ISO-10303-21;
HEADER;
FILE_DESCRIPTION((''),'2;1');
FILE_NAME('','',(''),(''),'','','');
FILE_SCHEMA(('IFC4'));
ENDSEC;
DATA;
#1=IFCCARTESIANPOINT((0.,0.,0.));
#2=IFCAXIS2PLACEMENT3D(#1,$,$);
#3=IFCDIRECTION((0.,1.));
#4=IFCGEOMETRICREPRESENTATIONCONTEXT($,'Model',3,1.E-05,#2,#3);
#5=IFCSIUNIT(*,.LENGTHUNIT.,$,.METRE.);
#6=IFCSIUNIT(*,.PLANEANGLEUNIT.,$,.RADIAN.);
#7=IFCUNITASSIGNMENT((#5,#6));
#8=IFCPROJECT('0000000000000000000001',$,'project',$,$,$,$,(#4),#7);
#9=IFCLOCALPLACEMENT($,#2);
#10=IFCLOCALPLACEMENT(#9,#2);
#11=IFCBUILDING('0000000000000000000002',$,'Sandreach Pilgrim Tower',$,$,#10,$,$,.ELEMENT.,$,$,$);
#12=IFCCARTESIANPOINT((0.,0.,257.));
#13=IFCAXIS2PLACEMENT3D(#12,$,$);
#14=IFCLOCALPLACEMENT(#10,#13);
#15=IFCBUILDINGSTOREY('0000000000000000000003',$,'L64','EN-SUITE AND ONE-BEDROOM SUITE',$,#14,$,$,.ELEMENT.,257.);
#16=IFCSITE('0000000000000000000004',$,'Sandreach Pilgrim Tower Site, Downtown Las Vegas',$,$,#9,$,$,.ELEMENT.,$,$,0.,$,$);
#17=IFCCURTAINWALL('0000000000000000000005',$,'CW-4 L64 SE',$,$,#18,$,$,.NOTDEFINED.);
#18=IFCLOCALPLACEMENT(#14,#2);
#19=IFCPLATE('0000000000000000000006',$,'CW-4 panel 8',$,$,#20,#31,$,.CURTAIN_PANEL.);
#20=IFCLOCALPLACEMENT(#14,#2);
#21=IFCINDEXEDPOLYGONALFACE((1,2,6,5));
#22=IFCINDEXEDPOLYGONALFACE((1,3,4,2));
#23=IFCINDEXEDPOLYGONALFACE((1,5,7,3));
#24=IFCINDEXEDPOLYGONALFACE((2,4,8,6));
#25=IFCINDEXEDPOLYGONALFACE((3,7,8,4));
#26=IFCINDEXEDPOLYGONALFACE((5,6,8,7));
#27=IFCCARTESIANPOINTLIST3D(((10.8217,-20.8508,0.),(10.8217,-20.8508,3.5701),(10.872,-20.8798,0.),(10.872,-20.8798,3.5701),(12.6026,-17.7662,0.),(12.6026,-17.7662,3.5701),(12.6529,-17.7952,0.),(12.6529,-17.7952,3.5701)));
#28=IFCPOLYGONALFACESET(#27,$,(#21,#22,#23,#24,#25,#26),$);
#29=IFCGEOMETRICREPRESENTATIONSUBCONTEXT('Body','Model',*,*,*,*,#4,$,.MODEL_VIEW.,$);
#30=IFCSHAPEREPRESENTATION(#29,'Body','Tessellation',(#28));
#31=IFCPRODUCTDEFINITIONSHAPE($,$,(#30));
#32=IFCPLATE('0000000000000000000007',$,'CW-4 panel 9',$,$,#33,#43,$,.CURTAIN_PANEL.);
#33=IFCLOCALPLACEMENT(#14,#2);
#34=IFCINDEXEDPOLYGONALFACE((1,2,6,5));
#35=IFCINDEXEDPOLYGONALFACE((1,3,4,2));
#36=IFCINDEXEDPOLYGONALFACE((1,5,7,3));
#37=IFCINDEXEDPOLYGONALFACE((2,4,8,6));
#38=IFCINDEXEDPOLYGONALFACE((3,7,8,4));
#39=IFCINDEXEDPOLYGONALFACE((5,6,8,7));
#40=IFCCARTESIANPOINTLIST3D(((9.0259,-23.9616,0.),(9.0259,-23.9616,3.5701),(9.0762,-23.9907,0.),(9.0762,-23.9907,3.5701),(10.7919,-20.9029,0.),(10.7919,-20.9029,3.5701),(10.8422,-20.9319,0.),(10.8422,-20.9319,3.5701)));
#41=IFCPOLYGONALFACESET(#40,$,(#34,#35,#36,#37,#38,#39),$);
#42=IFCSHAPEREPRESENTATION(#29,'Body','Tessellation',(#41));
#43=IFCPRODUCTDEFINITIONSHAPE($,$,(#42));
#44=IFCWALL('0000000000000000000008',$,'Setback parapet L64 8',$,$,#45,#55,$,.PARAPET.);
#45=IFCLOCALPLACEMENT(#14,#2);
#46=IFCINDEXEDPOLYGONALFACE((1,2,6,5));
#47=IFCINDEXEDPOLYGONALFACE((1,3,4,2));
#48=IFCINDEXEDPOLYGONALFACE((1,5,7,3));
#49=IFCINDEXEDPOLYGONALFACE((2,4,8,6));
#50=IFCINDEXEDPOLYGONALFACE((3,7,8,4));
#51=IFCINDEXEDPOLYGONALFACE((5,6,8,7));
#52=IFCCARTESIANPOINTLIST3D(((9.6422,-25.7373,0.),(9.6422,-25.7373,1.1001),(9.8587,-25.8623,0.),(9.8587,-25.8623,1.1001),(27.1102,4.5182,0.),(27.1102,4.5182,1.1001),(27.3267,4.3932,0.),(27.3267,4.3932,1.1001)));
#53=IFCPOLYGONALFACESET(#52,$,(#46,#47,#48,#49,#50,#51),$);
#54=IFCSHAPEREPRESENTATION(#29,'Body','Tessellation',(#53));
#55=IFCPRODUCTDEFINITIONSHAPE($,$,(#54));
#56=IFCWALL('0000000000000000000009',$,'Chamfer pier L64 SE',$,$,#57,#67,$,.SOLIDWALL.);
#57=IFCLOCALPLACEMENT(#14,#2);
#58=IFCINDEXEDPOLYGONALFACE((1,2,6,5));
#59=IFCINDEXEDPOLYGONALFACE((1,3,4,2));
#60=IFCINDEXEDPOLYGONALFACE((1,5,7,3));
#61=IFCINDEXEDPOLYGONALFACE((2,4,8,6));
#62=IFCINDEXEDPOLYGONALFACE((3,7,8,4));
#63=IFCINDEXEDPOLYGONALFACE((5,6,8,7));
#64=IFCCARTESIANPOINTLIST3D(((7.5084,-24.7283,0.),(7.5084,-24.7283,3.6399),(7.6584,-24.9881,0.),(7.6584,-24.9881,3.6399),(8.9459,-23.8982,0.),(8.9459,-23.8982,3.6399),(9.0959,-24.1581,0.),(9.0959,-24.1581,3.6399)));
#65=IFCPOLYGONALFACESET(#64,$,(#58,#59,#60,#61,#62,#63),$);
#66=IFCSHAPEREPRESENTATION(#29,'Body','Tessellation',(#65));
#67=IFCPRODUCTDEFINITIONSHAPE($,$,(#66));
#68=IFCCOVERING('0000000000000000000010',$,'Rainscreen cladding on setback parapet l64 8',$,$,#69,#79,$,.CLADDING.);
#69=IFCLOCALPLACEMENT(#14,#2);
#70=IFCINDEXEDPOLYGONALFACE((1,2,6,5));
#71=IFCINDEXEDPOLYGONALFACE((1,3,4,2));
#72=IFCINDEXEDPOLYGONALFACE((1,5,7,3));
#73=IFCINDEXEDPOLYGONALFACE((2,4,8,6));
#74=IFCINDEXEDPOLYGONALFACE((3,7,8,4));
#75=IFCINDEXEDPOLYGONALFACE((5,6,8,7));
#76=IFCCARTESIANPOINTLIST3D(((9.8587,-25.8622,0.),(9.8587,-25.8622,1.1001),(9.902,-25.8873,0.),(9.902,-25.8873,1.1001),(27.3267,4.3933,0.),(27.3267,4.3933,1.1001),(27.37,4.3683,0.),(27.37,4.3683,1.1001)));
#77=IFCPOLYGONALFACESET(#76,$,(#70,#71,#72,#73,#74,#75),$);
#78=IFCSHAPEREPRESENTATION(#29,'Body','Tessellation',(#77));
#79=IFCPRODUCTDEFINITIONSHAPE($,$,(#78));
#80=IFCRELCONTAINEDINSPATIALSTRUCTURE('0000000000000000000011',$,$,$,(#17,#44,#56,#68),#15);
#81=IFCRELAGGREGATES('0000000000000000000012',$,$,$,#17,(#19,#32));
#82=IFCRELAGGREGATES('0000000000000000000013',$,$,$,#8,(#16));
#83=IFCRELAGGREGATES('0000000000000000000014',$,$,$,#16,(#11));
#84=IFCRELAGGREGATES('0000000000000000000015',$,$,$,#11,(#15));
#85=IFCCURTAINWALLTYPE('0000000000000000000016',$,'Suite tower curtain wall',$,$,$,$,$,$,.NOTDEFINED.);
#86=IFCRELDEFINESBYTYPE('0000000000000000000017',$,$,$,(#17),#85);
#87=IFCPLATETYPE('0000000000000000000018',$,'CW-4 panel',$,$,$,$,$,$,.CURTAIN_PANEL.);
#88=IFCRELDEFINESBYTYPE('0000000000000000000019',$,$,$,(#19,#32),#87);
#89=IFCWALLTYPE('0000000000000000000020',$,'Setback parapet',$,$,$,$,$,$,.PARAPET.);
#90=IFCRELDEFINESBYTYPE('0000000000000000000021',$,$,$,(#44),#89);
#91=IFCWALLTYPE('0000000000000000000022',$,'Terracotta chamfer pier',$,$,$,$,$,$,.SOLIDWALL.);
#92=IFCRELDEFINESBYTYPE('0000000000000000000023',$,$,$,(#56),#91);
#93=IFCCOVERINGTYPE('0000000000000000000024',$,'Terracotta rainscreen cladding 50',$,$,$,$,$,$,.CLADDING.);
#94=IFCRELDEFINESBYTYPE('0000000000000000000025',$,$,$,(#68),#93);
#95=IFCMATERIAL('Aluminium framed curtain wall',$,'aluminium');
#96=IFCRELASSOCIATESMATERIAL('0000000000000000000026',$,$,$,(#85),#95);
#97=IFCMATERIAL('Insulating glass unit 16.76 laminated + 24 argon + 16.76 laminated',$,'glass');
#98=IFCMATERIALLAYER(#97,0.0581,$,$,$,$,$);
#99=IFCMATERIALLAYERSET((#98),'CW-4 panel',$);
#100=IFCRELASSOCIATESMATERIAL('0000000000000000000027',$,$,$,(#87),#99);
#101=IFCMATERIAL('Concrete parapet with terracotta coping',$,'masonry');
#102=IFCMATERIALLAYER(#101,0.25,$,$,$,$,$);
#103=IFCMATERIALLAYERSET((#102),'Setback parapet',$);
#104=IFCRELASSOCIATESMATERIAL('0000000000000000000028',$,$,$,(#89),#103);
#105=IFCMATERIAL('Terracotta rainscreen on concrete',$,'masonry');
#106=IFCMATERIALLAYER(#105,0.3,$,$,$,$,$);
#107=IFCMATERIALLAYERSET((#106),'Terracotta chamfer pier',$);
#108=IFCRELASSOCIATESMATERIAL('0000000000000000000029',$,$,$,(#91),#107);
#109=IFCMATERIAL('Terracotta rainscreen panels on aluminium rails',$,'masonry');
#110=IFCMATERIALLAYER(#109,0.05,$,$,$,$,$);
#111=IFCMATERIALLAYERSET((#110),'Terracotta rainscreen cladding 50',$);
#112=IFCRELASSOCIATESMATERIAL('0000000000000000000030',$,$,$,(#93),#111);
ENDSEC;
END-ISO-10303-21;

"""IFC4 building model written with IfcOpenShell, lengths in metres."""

from ifc_helpers import new_model, si_unit, direction, frame, frame_2d, origin, origin_2d, place, context, subcontext, project, spatial, rectangle, extrude, material, layer, layer_set, type_object, element, aggregate, save


model = new_model("IFC4")

# Units and contexts
model_context = context("Model", 3, precision=1e-05, world=origin(), true_north=direction((0.0, 1.0)))
body_context = subcontext(model_context, "Body", "Model", "MODEL_VIEW")
ifc_project = project(units=[si_unit("LENGTHUNIT", "METRE"), si_unit("PLANEANGLEUNIT", "RADIAN")], contexts=[model_context])

# Site, building, storey
site_placement = place(None, origin())
site = spatial("IfcSite", under=ifc_project, at=site_placement, Name="Sandreach Pilgrim Tower Site, Downtown Las Vegas", CompositionType="ELEMENT", RefElevation=0.0)
building_placement = place(site_placement, origin())
building = spatial("IfcBuilding", under=site, at=building_placement, Name="Sandreach Pilgrim Tower", CompositionType="ELEMENT")
storey_placement = place(building_placement, frame((0.0, 0.0, 257.0)))
storey = spatial("IfcBuildingStorey", under=building, at=storey_placement, Name="L64", Description="EN-SUITE AND ONE-BEDROOM SUITE", CompositionType="ELEMENT", Elevation=257.0)

# Curtain wall
ifc_material_1 = material(Name="Aluminium framed curtain wall", Category="aluminium")
curtain_wall_type = type_object("IfcCurtainWallType", Name="Suite tower curtain wall", PredefinedType="NOTDEFINED", material=ifc_material_1)
curtain_wall_placement = place(storey_placement, origin())
curtain_wall = element("IfcCurtainWall", 1, at=curtain_wall_placement, inside=storey, type_object=curtain_wall_type, Name="CW-4 L64 SE", PredefinedType="NOTDEFINED")

# Plates
ifc_material_2 = material(Name="Insulating glass unit 16.76 laminated + 24 argon + 16.76 laminated", Category="glass")
ifc_layer_1 = layer(ifc_material_2, 0.0581)
ifc_layer_set_1 = layer_set([ifc_layer_1], Name="CW-4 panel")
plate_type = type_object("IfcPlateType", Name="CW-4 panel", PredefinedType="CURTAIN_PANEL", material=ifc_layer_set_1)
plate_1_placement = place(storey_placement, frame((11.7373, -19.323, 0.0), z_axis=(0.0, 0.0, 1.0), x_axis=(-0.5, -0.866025, 0.0)))
plate_1 = element("IfcPlate", 2, at=plate_1_placement, type_object=plate_type, Name="CW-4 panel 8", PredefinedType="CURTAIN_PANEL", context=body_context, shape_type="SweptSolid", body=[
    extrude(rectangle(XDim=3.5618, YDim=0.0581, at=origin_2d()), origin(), (0.0, 0.0, 1.0), 3.5701),
])
plate_2_placement = place(storey_placement, frame((9.9341, -22.4468, 0.0), z_axis=(0.0, 0.0, 1.0), x_axis=(-0.5, -0.866025, 0.0)))
plate_2 = element("IfcPlate", 3, at=plate_2_placement, type_object=plate_type, Name="CW-4 panel 9", PredefinedType="CURTAIN_PANEL", context=body_context, shape_type="SweptSolid", body=[
    extrude(rectangle(XDim=3.532, YDim=0.0581, at=origin_2d()), origin(), (0.0, 0.0, 1.0), 3.5701),
])
aggregate(curtain_wall, [plate_1, plate_2])

# Walls
ifc_material_3 = material(Name="Concrete parapet with terracotta coping", Category="masonry")
ifc_layer_2 = layer(ifc_material_3, 0.25)
ifc_layer_set_2 = layer_set([ifc_layer_2], Name="Setback parapet")
wall_type_1 = type_object("IfcWallType", Name="Setback parapet", PredefinedType="PARAPET", material=ifc_layer_set_2)
wall_1_placement = place(storey_placement, frame((9.7505, -25.7998, 0.0), z_axis=(0.0, 0.0, 1.0), x_axis=(0.499998, 0.866026, 0.0)))
element("IfcWall", 4, at=wall_1_placement, inside=storey, type_object=wall_type_1, Name="Setback parapet L64 8", PredefinedType="PARAPET", context=body_context, shape_type="SweptSolid", body=[
    extrude(rectangle(XDim=34.936, YDim=0.25, at=frame_2d((17.468, 0.0))), origin(), (0.0, 0.0, 1.0), 1.1001),
])
ifc_material_4 = material(Name="Terracotta rainscreen on concrete", Category="masonry")
ifc_layer_3 = layer(ifc_material_4, 0.3)
ifc_layer_set_3 = layer_set([ifc_layer_3], Name="Terracotta chamfer pier")
wall_type_2 = type_object("IfcWallType", Name="Terracotta chamfer pier", PredefinedType="SOLIDWALL", material=ifc_layer_set_3)
wall_2_placement = place(storey_placement, frame((9.021, -24.0281, 0.0), z_axis=(0.0, 0.0, 1.0), x_axis=(-0.86599, -0.500062, 0.0)))
element("IfcWall", 5, at=wall_2_placement, inside=storey, type_object=wall_type_2, Name="Chamfer pier L64 SE", PredefinedType="SOLIDWALL", context=body_context, shape_type="SweptSolid", body=[
    extrude(rectangle(XDim=1.6599, YDim=0.3, at=frame_2d((0.8301, 0.0))), origin(), (0.0, 0.0, 1.0), 3.6399),
])

# Covering
ifc_material_5 = material(Name="Terracotta rainscreen panels on aluminium rails", Category="masonry")
ifc_layer_4 = layer(ifc_material_5, 0.05)
ifc_layer_set_4 = layer_set([ifc_layer_4], Name="Terracotta rainscreen cladding 50")
covering_type = type_object("IfcCoveringType", Name="Terracotta rainscreen cladding 50", PredefinedType="CLADDING", material=ifc_layer_set_4)
covering_placement = place(storey_placement, frame((9.8804, -25.8748, 0.0), z_axis=(0.0, 0.0, 1.0), x_axis=(0.499998, 0.866026, 0.0)))
element("IfcCovering", 6, at=covering_placement, inside=storey, type_object=covering_type, Name="Rainscreen cladding on setback parapet l64 8", PredefinedType="CLADDING", context=body_context, shape_type="SweptSolid", body=[
    extrude(rectangle(XDim=34.936, YDim=0.05, at=frame_2d((17.468, 0.0))), origin(), (0.0, 0.0, 1.0), 1.1001),
])

save(model, "model.ifc")
